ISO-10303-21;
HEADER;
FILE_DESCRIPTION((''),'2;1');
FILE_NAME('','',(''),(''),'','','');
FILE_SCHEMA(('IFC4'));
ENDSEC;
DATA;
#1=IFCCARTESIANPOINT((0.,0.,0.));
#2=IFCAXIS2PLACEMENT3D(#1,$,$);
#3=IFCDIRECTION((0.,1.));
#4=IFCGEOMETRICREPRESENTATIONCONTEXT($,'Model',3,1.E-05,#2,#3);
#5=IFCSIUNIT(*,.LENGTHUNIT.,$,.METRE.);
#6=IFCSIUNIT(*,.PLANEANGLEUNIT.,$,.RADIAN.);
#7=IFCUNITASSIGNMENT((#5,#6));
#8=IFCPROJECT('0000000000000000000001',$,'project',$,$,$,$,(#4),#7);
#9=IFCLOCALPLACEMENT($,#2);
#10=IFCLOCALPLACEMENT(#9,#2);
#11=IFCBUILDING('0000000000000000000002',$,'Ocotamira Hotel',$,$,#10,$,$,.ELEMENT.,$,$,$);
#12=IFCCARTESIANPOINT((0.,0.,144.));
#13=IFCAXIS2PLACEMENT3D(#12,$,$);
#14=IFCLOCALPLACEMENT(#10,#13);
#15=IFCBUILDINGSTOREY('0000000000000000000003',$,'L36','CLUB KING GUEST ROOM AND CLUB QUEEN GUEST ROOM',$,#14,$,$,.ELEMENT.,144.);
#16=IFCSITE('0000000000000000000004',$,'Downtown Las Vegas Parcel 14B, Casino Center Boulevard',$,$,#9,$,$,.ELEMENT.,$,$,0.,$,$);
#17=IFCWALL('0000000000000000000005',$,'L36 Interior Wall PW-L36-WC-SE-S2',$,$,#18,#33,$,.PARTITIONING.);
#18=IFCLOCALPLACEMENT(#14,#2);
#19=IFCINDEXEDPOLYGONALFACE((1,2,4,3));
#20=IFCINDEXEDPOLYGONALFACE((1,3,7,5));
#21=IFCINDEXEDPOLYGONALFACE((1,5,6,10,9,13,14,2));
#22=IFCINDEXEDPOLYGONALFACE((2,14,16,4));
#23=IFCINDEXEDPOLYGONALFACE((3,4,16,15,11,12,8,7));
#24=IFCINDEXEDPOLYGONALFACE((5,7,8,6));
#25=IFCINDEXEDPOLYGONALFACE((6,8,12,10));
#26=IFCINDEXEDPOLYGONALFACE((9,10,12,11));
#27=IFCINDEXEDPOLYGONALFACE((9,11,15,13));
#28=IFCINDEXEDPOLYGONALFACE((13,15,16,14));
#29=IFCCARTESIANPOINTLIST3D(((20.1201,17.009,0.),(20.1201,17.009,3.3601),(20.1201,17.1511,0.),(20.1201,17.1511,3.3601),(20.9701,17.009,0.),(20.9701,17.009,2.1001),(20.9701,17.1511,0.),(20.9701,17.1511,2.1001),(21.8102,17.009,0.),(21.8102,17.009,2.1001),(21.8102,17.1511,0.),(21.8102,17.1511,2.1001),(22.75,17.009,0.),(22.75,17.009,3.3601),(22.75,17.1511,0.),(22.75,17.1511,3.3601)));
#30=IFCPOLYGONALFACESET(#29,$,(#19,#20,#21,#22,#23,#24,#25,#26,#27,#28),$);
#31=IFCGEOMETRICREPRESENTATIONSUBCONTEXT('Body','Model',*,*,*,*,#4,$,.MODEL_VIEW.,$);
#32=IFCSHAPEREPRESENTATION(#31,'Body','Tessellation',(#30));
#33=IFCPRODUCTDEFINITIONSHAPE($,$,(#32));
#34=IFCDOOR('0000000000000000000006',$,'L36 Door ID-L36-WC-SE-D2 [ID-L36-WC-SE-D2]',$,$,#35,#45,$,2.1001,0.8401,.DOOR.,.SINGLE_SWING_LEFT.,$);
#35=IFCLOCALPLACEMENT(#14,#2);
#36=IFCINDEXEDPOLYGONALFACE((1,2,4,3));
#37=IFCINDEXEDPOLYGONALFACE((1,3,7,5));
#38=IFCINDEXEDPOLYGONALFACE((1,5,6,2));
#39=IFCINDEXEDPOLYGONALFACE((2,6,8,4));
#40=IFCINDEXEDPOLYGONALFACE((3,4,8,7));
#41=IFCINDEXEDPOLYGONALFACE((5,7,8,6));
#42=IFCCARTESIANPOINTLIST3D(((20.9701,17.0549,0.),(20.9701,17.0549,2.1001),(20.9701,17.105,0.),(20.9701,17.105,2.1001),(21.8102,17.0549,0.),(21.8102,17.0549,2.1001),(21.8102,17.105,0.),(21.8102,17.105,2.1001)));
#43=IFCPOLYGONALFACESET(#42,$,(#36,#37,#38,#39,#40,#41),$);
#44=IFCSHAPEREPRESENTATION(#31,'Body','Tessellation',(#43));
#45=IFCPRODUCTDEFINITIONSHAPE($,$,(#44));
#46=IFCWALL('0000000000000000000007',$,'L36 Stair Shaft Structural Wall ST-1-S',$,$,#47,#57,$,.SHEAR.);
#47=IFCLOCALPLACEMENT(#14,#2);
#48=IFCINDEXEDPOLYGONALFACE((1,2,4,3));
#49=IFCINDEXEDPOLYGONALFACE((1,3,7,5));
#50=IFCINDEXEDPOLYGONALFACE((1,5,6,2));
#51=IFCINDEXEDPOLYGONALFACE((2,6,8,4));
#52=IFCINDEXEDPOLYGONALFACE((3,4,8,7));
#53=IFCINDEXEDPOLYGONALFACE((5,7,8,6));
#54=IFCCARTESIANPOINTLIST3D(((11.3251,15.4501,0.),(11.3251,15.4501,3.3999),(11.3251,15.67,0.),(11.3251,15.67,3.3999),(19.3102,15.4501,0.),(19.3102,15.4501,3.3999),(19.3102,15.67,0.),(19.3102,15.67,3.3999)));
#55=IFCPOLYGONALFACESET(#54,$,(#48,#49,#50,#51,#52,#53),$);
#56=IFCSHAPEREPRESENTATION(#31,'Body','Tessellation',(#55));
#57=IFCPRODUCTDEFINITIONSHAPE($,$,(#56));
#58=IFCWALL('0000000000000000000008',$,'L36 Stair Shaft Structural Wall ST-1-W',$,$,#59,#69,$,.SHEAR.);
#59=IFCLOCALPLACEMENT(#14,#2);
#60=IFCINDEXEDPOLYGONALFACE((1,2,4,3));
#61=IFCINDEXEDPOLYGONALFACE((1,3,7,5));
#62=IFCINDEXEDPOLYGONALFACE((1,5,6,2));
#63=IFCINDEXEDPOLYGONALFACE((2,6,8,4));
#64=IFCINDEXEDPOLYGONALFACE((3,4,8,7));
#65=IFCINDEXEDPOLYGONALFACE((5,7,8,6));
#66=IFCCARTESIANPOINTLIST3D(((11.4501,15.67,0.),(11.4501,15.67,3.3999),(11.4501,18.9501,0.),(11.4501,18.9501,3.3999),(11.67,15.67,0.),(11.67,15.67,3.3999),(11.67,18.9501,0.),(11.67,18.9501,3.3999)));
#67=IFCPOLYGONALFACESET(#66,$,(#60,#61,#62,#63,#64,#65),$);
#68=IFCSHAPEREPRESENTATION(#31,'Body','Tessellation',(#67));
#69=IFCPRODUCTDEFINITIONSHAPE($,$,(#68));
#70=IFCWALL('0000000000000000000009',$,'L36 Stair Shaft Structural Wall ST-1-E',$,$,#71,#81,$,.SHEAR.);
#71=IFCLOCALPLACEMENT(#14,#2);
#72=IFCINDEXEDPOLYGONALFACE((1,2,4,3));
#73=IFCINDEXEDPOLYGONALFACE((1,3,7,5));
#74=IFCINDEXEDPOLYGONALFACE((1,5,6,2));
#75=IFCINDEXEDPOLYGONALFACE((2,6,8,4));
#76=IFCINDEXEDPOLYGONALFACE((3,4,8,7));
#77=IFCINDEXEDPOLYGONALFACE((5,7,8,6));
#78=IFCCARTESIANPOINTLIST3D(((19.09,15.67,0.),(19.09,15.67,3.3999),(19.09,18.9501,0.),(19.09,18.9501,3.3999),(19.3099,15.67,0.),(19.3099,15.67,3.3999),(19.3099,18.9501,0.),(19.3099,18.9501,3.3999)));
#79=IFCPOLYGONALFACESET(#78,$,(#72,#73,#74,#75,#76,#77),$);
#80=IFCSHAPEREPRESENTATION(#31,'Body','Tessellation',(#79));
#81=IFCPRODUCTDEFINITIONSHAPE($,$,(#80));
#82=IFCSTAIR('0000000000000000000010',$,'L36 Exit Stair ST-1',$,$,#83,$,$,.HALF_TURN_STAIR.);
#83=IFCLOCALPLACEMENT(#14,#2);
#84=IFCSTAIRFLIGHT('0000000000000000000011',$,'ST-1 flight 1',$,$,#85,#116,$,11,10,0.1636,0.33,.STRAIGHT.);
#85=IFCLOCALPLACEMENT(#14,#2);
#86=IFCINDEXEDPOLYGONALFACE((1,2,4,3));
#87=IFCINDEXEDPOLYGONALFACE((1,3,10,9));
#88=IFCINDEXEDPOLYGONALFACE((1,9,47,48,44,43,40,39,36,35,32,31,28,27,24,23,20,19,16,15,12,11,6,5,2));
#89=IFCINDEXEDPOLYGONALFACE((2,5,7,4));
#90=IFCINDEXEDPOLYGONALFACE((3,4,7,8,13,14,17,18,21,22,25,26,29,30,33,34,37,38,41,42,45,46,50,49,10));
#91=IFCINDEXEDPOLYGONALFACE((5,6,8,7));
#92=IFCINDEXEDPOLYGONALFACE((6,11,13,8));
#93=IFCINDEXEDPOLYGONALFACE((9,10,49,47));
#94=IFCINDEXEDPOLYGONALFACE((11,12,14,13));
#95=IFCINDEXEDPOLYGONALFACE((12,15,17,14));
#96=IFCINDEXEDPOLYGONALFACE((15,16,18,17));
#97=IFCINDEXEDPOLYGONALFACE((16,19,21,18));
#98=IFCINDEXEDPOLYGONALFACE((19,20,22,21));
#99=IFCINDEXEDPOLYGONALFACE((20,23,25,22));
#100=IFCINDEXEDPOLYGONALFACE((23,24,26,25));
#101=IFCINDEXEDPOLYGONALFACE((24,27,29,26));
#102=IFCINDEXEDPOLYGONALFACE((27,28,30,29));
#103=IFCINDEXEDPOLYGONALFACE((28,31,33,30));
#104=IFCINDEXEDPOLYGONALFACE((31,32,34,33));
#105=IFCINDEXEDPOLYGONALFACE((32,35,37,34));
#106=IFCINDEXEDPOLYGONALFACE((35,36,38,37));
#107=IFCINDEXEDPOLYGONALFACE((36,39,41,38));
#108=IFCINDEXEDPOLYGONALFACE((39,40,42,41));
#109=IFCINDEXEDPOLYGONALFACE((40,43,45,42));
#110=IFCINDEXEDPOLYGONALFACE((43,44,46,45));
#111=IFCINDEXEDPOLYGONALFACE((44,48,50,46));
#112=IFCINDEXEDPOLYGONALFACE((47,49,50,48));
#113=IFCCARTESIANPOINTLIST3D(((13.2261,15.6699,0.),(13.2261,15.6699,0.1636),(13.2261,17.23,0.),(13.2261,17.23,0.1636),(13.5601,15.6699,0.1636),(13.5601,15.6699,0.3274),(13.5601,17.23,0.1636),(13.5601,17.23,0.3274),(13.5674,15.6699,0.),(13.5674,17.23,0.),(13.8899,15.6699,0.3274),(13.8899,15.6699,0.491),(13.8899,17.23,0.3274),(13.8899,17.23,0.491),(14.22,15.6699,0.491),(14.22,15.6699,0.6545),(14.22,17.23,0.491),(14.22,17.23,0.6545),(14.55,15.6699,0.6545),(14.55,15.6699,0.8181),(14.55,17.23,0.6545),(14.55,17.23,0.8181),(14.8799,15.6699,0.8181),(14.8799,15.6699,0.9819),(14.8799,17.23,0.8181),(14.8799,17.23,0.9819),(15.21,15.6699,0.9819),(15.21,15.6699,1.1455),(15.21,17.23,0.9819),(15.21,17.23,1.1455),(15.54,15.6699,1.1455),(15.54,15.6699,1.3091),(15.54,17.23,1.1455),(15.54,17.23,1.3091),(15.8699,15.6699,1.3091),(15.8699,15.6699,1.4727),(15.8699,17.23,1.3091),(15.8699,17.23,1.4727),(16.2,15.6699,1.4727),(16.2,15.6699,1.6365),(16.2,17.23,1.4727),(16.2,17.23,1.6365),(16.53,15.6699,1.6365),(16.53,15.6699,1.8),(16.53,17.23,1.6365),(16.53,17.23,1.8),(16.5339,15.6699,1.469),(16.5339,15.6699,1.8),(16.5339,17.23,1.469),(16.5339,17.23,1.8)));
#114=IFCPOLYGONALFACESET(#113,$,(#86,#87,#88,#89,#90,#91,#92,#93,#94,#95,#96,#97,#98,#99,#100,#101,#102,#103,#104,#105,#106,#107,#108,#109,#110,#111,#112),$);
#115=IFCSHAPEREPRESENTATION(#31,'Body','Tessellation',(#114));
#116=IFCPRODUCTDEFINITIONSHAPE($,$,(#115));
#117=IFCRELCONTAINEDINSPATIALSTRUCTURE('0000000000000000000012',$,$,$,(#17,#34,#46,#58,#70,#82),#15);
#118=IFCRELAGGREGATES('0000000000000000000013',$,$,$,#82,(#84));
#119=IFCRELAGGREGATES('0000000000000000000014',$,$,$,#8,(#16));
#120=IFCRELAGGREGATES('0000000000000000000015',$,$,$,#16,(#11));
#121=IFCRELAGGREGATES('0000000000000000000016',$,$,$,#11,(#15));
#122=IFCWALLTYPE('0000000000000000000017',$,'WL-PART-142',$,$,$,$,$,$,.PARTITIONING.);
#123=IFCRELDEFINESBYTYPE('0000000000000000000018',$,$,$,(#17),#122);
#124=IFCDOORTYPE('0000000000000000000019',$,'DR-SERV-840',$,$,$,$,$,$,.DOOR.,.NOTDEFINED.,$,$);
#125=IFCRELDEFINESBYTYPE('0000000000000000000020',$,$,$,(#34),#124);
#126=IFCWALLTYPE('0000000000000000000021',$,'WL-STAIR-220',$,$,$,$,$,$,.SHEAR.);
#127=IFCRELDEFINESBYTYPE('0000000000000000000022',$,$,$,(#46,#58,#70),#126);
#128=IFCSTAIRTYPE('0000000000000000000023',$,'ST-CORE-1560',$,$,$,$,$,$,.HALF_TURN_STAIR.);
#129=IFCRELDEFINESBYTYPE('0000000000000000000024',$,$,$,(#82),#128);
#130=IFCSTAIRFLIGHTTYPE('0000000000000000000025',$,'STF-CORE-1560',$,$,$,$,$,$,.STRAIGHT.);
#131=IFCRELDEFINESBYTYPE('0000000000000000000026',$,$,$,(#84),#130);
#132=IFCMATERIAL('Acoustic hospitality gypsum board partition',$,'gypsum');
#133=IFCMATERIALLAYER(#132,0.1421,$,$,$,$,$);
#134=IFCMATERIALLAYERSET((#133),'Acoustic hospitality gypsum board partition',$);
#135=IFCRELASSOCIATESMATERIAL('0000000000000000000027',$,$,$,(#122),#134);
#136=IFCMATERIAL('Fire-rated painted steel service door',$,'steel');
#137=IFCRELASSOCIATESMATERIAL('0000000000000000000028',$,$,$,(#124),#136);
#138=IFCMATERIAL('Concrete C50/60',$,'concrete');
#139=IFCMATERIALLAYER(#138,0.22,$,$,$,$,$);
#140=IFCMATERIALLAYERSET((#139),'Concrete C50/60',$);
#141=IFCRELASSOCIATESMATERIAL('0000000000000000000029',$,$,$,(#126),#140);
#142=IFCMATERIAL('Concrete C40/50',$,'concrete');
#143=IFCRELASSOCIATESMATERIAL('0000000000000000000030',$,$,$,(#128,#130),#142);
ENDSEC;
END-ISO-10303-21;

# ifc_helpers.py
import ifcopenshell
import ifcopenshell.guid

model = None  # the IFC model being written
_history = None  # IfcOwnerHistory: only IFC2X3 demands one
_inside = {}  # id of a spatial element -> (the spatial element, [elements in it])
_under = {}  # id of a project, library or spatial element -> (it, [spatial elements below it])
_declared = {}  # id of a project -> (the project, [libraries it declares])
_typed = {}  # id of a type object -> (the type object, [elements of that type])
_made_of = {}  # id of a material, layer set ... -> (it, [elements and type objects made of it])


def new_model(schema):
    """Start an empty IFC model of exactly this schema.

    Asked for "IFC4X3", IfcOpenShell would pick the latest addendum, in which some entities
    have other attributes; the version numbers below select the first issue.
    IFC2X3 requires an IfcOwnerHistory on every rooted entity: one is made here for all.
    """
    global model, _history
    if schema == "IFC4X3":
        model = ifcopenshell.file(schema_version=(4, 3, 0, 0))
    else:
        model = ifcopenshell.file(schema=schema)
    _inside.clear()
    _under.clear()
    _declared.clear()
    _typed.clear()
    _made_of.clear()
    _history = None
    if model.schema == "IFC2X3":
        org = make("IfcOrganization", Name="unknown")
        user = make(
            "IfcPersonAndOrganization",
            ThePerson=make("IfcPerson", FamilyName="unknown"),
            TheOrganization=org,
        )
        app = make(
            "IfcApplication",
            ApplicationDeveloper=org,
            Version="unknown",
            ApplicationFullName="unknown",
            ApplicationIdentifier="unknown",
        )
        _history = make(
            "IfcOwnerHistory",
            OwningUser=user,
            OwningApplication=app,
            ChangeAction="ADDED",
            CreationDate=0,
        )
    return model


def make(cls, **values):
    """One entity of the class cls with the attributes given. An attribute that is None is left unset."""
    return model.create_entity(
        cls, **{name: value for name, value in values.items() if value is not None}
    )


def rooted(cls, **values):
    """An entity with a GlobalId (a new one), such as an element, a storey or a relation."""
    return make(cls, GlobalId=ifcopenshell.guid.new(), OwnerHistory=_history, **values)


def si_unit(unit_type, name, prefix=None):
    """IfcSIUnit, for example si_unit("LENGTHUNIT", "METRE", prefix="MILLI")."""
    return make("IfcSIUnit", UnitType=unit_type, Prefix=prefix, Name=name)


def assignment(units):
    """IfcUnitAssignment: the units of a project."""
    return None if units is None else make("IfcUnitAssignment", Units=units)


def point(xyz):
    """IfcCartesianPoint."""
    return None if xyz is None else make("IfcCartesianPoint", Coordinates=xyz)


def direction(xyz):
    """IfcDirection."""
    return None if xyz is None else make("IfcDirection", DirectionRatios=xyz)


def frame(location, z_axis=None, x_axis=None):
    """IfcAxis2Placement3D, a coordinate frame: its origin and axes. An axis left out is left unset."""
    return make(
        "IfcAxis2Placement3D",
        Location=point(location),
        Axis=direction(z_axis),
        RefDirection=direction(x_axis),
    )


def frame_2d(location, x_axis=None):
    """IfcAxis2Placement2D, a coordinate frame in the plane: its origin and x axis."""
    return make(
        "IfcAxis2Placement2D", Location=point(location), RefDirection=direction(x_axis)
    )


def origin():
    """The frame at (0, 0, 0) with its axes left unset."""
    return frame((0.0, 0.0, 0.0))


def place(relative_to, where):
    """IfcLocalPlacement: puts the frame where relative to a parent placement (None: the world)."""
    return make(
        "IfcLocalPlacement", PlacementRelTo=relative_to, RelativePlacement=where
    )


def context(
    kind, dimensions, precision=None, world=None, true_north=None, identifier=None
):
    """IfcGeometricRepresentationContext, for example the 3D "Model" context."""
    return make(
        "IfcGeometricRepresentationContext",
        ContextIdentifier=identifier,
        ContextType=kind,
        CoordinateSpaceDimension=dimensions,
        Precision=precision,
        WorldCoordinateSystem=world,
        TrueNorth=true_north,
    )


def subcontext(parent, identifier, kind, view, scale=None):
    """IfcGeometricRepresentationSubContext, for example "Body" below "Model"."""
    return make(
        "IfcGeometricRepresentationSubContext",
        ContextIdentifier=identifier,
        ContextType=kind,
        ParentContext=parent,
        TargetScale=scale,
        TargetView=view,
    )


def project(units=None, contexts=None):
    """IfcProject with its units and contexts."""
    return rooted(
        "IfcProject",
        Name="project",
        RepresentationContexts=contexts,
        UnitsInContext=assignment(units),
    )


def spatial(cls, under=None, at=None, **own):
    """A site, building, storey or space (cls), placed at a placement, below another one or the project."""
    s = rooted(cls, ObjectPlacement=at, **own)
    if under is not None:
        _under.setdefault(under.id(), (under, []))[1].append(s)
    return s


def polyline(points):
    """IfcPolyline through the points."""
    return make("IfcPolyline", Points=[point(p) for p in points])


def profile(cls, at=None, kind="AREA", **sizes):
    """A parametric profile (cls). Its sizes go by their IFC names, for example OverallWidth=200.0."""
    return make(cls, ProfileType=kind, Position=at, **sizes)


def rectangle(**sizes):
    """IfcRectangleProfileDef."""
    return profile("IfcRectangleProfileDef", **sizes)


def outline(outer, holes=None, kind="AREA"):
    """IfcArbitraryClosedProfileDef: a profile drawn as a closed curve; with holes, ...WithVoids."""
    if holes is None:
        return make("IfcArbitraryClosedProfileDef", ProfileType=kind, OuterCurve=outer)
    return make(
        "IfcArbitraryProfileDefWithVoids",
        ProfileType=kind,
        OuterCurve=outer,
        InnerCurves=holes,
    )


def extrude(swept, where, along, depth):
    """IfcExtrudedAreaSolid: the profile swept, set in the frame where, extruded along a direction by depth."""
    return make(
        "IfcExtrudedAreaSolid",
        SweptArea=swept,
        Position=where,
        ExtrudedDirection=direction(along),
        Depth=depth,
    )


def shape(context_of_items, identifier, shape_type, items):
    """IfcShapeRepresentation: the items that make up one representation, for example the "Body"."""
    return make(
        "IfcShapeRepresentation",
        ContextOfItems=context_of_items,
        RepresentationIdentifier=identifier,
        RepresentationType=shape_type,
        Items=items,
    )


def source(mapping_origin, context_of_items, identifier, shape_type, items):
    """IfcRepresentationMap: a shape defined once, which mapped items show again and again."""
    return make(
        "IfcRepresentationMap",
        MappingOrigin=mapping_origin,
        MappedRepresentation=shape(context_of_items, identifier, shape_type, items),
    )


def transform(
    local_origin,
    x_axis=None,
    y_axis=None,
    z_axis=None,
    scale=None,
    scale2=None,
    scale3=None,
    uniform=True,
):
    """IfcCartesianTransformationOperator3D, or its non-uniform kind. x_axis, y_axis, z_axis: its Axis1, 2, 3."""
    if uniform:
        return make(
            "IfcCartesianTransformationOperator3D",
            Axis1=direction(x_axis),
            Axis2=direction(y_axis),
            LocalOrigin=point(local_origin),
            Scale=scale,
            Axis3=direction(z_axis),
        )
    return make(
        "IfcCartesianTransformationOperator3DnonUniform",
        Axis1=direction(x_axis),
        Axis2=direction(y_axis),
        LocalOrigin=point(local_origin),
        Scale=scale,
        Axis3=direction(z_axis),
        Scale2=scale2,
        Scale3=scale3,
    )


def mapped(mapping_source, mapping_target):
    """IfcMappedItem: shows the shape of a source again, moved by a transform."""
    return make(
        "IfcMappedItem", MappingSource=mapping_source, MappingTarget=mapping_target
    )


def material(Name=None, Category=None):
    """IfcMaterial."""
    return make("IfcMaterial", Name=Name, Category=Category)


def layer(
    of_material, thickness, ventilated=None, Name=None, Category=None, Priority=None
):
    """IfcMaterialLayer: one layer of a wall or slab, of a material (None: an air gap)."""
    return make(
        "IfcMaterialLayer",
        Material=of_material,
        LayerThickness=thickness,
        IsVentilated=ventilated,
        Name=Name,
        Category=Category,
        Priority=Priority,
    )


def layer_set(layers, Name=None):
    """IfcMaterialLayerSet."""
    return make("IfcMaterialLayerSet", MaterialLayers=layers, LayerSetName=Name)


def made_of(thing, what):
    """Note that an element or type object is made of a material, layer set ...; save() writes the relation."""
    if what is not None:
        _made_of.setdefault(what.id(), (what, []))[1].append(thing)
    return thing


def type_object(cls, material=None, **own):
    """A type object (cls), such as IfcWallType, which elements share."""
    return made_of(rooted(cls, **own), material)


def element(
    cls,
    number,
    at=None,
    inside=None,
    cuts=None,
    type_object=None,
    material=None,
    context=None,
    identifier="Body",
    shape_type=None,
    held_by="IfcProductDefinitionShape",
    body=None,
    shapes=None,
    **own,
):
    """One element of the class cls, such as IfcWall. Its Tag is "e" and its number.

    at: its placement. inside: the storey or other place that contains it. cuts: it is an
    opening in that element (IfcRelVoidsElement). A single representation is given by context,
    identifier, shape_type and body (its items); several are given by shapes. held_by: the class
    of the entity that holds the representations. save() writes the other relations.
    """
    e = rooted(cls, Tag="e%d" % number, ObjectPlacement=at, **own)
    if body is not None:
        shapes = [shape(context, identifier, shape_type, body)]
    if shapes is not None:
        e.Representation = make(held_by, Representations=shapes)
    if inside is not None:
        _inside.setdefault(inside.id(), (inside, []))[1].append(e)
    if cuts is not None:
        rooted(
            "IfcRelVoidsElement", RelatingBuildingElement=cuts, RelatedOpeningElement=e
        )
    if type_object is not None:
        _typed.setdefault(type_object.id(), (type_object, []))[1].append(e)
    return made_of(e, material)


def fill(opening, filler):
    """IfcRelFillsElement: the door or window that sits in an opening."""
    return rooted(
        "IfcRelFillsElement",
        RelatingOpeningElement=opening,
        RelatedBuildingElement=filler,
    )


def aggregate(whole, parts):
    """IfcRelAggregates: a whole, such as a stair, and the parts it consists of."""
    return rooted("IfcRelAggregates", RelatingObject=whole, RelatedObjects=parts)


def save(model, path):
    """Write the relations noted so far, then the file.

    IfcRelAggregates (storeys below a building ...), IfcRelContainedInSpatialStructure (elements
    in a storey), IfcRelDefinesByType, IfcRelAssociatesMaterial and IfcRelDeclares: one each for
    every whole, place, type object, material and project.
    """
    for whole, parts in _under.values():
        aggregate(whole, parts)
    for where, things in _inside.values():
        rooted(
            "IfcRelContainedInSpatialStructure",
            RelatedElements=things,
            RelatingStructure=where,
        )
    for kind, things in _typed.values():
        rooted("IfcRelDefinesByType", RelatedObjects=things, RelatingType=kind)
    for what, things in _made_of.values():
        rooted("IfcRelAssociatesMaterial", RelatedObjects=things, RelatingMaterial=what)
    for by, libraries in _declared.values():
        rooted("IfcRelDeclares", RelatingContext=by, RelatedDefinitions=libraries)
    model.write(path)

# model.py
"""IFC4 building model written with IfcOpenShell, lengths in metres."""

from ifc_helpers import new_model, si_unit, direction, frame, frame_2d, origin, place, context, subcontext, project, spatial, polyline, rectangle, outline, extrude, source, transform, mapped, material, layer, layer_set, type_object, element, fill, aggregate, save


model = new_model("IFC4")

# Units and contexts
model_context = context("Model", 3, precision=1e-05, world=origin(), true_north=direction((0.0, 1.0)))
body_context = subcontext(model_context, "Body", "Model", "MODEL_VIEW")
ifc_project = project(units=[si_unit("LENGTHUNIT", "METRE"), si_unit("PLANEANGLEUNIT", "RADIAN")], contexts=[model_context])

# Site, building, storey
site_placement = place(None, origin())
site = spatial("IfcSite", under=ifc_project, at=site_placement, Name="Downtown Las Vegas Parcel 14B, Casino Center Boulevard", CompositionType="ELEMENT", RefElevation=0.0)
building_placement = place(site_placement, origin())
building = spatial("IfcBuilding", under=site, at=building_placement, Name="Ocotamira Hotel", CompositionType="ELEMENT")
storey_placement = place(building_placement, frame((0.0, 0.0, 144.0)))
storey = spatial("IfcBuildingStorey", under=building, at=storey_placement, Name="L36", Description="CLUB KING GUEST ROOM AND CLUB QUEEN GUEST ROOM", CompositionType="ELEMENT", Elevation=144.0)

# Shared definitions
ifc_material_1 = material(Name="Acoustic hospitality gypsum board partition", Category="gypsum")
ifc_layer_1 = layer(ifc_material_1, 0.1421)
ifc_layer_set_1 = layer_set([ifc_layer_1], Name="Acoustic hospitality gypsum board partition")
wall_type_1 = type_object("IfcWallType", Name="WL-PART-142", PredefinedType="PARTITIONING", material=ifc_layer_set_1)

# Wall, opening, door
wall_1_placement = place(storey_placement, frame((20.1201, 17.0801, 0.0), z_axis=(0.0, 0.0, 1.0), x_axis=(1.0, 0.0, 0.0)))
wall_1 = element("IfcWall", 1, at=wall_1_placement, inside=storey, type_object=wall_type_1, Name="L36 Interior Wall PW-L36-WC-SE-S2", PredefinedType="PARTITIONING", context=body_context, shape_type="SweptSolid", body=[
    extrude(rectangle(XDim=2.6299, YDim=0.1421, at=frame_2d((1.3149, 0.0))), origin(), (0.0, 0.0, 1.0), 3.3601),
])
opening_1_placement = place(wall_1_placement, frame((0.8501, 0.0, 0.0)))
opening_1 = element("IfcOpeningElement", 2, at=opening_1_placement, cuts=wall_1, PredefinedType="OPENING", context=body_context, shape_type="SweptSolid", body=[
    extrude(rectangle(XDim=0.8401, YDim=2.1001, at=frame_2d((0.4199, 1.05))), frame((0.0, 0.0811, 0.0), z_axis=(0.0, -1.0, 0.0), x_axis=(1.0, 0.0, 0.0)), (0.0, 0.0, 1.0), 0.1621),
])
ifc_material_2 = material(Name="Fire-rated painted steel service door", Category="steel")
door_type_1 = type_object("IfcDoorType", Name="DR-SERV-840", OperationType="NOTDEFINED", PredefinedType="DOOR", material=ifc_material_2)
shared_shape_1 = source(origin(), body_context, "Body", "SweptSolid", [
    extrude(rectangle(XDim=0.8401, YDim=2.1001, at=frame_2d((0.4199, 1.05))), frame((0.0, 0.0249, 0.0), z_axis=(0.0, -1.0, 0.0), x_axis=(1.0, 0.0, 0.0)), (0.0, 0.0, 1.0), 0.05),
])
door_1_placement = place(opening_1_placement, origin())
door_1 = element("IfcDoor", 3, at=door_1_placement, inside=storey, type_object=door_type_1, Name="L36 Door ID-L36-WC-SE-D2 [ID-L36-WC-SE-D2]", OperationType="SINGLE_SWING_LEFT", OverallHeight=2.1001, OverallWidth=0.8401, PredefinedType="DOOR", context=body_context, shape_type="MappedRepresentation", body=[
    mapped(shared_shape_1, transform((0.0, 0.0, 0.0), scale=1.0)),
])
fill(opening_1, door_1)

# Walls
ifc_material_3 = material(Name="Concrete C50/60", Category="concrete")
ifc_layer_2 = layer(ifc_material_3, 0.22)
ifc_layer_set_2 = layer_set([ifc_layer_2], Name="Concrete C50/60")
wall_type_2 = type_object("IfcWallType", Name="WL-STAIR-220", PredefinedType="SHEAR", material=ifc_layer_set_2)
wall_2_placement = place(storey_placement, frame((11.325, 15.5601, 0.0), z_axis=(0.0, 0.0, 1.0), x_axis=(1.0, 0.0, 0.0)))
element("IfcWall", 4, at=wall_2_placement, inside=storey, type_object=wall_type_2, Name="L36 Stair Shaft Structural Wall ST-1-S", PredefinedType="SHEAR", context=body_context, shape_type="SweptSolid", body=[
    extrude(rectangle(XDim=7.9851, YDim=0.22, at=frame_2d((3.9927, 0.0))), origin(), (0.0, 0.0, 1.0), 3.3999),
])
for number, where, z_axis, x_axis, name in (
    (5, (11.5601, 15.6699, 0.0), (0.0, 0.0, 1.0), (0.0, 1.0, 0.0), "L36 Stair Shaft Structural Wall ST-1-W"),
    (6, (19.2, 15.6699, 0.0), (0.0, 0.0, 1.0), (0.0, 1.0, 0.0), "L36 Stair Shaft Structural Wall ST-1-E"),
):
    element("IfcWall", number, at=place(storey_placement, frame(where, z_axis=z_axis, x_axis=x_axis)), inside=storey, type_object=wall_type_2, Name=name, PredefinedType="SHEAR", context=body_context, shape_type="SweptSolid", body=[
        extrude(rectangle(XDim=3.28, YDim=0.22, at=frame_2d((1.6401, 0.0))), origin(), (0.0, 0.0, 1.0), 3.3999),
    ])

# Stair, stair flight
ifc_material_4 = material(Name="Concrete C40/50", Category="concrete")
stair_type = type_object("IfcStairType", Name="ST-CORE-1560", PredefinedType="HALF_TURN_STAIR", material=ifc_material_4)
stair_placement = place(storey_placement, origin())
stair = element("IfcStair", 7, at=stair_placement, inside=storey, type_object=stair_type, Name="L36 Exit Stair ST-1", PredefinedType="HALF_TURN_STAIR")
stair_flight_type = type_object("IfcStairFlightType", Name="STF-CORE-1560", PredefinedType="STRAIGHT", material=ifc_material_4)
shared_shape_2 = source(origin(), body_context, "Body", "SweptSolid", [
    extrude(outline(polyline([(-0.0039, 0.0), (-0.0039, 0.1636), (0.3301, 0.1636), (0.3301, 0.3274), (0.6599, 0.3274), (0.6599, 0.491), (0.99, 0.491), (0.99, 0.6545), (1.3201, 0.6545), (1.3201, 0.8181), (1.6499, 0.8181), (1.6499, 0.9819), (1.98, 0.9819), (1.98, 1.1455), (2.3101, 1.1455), (2.3101, 1.3091), (2.6399, 1.3091), (2.6399, 1.4727), (2.97, 1.4727), (2.97, 1.6365), (3.3, 1.6365), (3.3, 1.8), (3.304, 1.8), (3.304, 1.469), (0.3374, 0.0), (-0.0039, 0.0)])), frame((0.0, 0.78, 0.0), z_axis=(0.0, -1.0, 0.0), x_axis=(1.0, 0.0, 0.0)), (0.0, 0.0, 1.0), 1.5601),
])
stair_flight_placement = place(storey_placement, frame((13.23, 16.45, 0.0), z_axis=(0.0, 0.0, 1.0), x_axis=(1.0, 0.0, 0.0)))
stair_flight = element("IfcStairFlight", 8, at=stair_flight_placement, type_object=stair_flight_type, Name="ST-1 flight 1", NumberOfRisers=11, NumberOfTreads=10, PredefinedType="STRAIGHT", RiserHeight=0.1636, TreadLength=0.33, context=body_context, shape_type="MappedRepresentation", body=[
    mapped(shared_shape_2, transform((0.0, 0.0, 0.0), scale=1.0)),
])
aggregate(stair, [stair_flight])

save(model, "model.ifc")
